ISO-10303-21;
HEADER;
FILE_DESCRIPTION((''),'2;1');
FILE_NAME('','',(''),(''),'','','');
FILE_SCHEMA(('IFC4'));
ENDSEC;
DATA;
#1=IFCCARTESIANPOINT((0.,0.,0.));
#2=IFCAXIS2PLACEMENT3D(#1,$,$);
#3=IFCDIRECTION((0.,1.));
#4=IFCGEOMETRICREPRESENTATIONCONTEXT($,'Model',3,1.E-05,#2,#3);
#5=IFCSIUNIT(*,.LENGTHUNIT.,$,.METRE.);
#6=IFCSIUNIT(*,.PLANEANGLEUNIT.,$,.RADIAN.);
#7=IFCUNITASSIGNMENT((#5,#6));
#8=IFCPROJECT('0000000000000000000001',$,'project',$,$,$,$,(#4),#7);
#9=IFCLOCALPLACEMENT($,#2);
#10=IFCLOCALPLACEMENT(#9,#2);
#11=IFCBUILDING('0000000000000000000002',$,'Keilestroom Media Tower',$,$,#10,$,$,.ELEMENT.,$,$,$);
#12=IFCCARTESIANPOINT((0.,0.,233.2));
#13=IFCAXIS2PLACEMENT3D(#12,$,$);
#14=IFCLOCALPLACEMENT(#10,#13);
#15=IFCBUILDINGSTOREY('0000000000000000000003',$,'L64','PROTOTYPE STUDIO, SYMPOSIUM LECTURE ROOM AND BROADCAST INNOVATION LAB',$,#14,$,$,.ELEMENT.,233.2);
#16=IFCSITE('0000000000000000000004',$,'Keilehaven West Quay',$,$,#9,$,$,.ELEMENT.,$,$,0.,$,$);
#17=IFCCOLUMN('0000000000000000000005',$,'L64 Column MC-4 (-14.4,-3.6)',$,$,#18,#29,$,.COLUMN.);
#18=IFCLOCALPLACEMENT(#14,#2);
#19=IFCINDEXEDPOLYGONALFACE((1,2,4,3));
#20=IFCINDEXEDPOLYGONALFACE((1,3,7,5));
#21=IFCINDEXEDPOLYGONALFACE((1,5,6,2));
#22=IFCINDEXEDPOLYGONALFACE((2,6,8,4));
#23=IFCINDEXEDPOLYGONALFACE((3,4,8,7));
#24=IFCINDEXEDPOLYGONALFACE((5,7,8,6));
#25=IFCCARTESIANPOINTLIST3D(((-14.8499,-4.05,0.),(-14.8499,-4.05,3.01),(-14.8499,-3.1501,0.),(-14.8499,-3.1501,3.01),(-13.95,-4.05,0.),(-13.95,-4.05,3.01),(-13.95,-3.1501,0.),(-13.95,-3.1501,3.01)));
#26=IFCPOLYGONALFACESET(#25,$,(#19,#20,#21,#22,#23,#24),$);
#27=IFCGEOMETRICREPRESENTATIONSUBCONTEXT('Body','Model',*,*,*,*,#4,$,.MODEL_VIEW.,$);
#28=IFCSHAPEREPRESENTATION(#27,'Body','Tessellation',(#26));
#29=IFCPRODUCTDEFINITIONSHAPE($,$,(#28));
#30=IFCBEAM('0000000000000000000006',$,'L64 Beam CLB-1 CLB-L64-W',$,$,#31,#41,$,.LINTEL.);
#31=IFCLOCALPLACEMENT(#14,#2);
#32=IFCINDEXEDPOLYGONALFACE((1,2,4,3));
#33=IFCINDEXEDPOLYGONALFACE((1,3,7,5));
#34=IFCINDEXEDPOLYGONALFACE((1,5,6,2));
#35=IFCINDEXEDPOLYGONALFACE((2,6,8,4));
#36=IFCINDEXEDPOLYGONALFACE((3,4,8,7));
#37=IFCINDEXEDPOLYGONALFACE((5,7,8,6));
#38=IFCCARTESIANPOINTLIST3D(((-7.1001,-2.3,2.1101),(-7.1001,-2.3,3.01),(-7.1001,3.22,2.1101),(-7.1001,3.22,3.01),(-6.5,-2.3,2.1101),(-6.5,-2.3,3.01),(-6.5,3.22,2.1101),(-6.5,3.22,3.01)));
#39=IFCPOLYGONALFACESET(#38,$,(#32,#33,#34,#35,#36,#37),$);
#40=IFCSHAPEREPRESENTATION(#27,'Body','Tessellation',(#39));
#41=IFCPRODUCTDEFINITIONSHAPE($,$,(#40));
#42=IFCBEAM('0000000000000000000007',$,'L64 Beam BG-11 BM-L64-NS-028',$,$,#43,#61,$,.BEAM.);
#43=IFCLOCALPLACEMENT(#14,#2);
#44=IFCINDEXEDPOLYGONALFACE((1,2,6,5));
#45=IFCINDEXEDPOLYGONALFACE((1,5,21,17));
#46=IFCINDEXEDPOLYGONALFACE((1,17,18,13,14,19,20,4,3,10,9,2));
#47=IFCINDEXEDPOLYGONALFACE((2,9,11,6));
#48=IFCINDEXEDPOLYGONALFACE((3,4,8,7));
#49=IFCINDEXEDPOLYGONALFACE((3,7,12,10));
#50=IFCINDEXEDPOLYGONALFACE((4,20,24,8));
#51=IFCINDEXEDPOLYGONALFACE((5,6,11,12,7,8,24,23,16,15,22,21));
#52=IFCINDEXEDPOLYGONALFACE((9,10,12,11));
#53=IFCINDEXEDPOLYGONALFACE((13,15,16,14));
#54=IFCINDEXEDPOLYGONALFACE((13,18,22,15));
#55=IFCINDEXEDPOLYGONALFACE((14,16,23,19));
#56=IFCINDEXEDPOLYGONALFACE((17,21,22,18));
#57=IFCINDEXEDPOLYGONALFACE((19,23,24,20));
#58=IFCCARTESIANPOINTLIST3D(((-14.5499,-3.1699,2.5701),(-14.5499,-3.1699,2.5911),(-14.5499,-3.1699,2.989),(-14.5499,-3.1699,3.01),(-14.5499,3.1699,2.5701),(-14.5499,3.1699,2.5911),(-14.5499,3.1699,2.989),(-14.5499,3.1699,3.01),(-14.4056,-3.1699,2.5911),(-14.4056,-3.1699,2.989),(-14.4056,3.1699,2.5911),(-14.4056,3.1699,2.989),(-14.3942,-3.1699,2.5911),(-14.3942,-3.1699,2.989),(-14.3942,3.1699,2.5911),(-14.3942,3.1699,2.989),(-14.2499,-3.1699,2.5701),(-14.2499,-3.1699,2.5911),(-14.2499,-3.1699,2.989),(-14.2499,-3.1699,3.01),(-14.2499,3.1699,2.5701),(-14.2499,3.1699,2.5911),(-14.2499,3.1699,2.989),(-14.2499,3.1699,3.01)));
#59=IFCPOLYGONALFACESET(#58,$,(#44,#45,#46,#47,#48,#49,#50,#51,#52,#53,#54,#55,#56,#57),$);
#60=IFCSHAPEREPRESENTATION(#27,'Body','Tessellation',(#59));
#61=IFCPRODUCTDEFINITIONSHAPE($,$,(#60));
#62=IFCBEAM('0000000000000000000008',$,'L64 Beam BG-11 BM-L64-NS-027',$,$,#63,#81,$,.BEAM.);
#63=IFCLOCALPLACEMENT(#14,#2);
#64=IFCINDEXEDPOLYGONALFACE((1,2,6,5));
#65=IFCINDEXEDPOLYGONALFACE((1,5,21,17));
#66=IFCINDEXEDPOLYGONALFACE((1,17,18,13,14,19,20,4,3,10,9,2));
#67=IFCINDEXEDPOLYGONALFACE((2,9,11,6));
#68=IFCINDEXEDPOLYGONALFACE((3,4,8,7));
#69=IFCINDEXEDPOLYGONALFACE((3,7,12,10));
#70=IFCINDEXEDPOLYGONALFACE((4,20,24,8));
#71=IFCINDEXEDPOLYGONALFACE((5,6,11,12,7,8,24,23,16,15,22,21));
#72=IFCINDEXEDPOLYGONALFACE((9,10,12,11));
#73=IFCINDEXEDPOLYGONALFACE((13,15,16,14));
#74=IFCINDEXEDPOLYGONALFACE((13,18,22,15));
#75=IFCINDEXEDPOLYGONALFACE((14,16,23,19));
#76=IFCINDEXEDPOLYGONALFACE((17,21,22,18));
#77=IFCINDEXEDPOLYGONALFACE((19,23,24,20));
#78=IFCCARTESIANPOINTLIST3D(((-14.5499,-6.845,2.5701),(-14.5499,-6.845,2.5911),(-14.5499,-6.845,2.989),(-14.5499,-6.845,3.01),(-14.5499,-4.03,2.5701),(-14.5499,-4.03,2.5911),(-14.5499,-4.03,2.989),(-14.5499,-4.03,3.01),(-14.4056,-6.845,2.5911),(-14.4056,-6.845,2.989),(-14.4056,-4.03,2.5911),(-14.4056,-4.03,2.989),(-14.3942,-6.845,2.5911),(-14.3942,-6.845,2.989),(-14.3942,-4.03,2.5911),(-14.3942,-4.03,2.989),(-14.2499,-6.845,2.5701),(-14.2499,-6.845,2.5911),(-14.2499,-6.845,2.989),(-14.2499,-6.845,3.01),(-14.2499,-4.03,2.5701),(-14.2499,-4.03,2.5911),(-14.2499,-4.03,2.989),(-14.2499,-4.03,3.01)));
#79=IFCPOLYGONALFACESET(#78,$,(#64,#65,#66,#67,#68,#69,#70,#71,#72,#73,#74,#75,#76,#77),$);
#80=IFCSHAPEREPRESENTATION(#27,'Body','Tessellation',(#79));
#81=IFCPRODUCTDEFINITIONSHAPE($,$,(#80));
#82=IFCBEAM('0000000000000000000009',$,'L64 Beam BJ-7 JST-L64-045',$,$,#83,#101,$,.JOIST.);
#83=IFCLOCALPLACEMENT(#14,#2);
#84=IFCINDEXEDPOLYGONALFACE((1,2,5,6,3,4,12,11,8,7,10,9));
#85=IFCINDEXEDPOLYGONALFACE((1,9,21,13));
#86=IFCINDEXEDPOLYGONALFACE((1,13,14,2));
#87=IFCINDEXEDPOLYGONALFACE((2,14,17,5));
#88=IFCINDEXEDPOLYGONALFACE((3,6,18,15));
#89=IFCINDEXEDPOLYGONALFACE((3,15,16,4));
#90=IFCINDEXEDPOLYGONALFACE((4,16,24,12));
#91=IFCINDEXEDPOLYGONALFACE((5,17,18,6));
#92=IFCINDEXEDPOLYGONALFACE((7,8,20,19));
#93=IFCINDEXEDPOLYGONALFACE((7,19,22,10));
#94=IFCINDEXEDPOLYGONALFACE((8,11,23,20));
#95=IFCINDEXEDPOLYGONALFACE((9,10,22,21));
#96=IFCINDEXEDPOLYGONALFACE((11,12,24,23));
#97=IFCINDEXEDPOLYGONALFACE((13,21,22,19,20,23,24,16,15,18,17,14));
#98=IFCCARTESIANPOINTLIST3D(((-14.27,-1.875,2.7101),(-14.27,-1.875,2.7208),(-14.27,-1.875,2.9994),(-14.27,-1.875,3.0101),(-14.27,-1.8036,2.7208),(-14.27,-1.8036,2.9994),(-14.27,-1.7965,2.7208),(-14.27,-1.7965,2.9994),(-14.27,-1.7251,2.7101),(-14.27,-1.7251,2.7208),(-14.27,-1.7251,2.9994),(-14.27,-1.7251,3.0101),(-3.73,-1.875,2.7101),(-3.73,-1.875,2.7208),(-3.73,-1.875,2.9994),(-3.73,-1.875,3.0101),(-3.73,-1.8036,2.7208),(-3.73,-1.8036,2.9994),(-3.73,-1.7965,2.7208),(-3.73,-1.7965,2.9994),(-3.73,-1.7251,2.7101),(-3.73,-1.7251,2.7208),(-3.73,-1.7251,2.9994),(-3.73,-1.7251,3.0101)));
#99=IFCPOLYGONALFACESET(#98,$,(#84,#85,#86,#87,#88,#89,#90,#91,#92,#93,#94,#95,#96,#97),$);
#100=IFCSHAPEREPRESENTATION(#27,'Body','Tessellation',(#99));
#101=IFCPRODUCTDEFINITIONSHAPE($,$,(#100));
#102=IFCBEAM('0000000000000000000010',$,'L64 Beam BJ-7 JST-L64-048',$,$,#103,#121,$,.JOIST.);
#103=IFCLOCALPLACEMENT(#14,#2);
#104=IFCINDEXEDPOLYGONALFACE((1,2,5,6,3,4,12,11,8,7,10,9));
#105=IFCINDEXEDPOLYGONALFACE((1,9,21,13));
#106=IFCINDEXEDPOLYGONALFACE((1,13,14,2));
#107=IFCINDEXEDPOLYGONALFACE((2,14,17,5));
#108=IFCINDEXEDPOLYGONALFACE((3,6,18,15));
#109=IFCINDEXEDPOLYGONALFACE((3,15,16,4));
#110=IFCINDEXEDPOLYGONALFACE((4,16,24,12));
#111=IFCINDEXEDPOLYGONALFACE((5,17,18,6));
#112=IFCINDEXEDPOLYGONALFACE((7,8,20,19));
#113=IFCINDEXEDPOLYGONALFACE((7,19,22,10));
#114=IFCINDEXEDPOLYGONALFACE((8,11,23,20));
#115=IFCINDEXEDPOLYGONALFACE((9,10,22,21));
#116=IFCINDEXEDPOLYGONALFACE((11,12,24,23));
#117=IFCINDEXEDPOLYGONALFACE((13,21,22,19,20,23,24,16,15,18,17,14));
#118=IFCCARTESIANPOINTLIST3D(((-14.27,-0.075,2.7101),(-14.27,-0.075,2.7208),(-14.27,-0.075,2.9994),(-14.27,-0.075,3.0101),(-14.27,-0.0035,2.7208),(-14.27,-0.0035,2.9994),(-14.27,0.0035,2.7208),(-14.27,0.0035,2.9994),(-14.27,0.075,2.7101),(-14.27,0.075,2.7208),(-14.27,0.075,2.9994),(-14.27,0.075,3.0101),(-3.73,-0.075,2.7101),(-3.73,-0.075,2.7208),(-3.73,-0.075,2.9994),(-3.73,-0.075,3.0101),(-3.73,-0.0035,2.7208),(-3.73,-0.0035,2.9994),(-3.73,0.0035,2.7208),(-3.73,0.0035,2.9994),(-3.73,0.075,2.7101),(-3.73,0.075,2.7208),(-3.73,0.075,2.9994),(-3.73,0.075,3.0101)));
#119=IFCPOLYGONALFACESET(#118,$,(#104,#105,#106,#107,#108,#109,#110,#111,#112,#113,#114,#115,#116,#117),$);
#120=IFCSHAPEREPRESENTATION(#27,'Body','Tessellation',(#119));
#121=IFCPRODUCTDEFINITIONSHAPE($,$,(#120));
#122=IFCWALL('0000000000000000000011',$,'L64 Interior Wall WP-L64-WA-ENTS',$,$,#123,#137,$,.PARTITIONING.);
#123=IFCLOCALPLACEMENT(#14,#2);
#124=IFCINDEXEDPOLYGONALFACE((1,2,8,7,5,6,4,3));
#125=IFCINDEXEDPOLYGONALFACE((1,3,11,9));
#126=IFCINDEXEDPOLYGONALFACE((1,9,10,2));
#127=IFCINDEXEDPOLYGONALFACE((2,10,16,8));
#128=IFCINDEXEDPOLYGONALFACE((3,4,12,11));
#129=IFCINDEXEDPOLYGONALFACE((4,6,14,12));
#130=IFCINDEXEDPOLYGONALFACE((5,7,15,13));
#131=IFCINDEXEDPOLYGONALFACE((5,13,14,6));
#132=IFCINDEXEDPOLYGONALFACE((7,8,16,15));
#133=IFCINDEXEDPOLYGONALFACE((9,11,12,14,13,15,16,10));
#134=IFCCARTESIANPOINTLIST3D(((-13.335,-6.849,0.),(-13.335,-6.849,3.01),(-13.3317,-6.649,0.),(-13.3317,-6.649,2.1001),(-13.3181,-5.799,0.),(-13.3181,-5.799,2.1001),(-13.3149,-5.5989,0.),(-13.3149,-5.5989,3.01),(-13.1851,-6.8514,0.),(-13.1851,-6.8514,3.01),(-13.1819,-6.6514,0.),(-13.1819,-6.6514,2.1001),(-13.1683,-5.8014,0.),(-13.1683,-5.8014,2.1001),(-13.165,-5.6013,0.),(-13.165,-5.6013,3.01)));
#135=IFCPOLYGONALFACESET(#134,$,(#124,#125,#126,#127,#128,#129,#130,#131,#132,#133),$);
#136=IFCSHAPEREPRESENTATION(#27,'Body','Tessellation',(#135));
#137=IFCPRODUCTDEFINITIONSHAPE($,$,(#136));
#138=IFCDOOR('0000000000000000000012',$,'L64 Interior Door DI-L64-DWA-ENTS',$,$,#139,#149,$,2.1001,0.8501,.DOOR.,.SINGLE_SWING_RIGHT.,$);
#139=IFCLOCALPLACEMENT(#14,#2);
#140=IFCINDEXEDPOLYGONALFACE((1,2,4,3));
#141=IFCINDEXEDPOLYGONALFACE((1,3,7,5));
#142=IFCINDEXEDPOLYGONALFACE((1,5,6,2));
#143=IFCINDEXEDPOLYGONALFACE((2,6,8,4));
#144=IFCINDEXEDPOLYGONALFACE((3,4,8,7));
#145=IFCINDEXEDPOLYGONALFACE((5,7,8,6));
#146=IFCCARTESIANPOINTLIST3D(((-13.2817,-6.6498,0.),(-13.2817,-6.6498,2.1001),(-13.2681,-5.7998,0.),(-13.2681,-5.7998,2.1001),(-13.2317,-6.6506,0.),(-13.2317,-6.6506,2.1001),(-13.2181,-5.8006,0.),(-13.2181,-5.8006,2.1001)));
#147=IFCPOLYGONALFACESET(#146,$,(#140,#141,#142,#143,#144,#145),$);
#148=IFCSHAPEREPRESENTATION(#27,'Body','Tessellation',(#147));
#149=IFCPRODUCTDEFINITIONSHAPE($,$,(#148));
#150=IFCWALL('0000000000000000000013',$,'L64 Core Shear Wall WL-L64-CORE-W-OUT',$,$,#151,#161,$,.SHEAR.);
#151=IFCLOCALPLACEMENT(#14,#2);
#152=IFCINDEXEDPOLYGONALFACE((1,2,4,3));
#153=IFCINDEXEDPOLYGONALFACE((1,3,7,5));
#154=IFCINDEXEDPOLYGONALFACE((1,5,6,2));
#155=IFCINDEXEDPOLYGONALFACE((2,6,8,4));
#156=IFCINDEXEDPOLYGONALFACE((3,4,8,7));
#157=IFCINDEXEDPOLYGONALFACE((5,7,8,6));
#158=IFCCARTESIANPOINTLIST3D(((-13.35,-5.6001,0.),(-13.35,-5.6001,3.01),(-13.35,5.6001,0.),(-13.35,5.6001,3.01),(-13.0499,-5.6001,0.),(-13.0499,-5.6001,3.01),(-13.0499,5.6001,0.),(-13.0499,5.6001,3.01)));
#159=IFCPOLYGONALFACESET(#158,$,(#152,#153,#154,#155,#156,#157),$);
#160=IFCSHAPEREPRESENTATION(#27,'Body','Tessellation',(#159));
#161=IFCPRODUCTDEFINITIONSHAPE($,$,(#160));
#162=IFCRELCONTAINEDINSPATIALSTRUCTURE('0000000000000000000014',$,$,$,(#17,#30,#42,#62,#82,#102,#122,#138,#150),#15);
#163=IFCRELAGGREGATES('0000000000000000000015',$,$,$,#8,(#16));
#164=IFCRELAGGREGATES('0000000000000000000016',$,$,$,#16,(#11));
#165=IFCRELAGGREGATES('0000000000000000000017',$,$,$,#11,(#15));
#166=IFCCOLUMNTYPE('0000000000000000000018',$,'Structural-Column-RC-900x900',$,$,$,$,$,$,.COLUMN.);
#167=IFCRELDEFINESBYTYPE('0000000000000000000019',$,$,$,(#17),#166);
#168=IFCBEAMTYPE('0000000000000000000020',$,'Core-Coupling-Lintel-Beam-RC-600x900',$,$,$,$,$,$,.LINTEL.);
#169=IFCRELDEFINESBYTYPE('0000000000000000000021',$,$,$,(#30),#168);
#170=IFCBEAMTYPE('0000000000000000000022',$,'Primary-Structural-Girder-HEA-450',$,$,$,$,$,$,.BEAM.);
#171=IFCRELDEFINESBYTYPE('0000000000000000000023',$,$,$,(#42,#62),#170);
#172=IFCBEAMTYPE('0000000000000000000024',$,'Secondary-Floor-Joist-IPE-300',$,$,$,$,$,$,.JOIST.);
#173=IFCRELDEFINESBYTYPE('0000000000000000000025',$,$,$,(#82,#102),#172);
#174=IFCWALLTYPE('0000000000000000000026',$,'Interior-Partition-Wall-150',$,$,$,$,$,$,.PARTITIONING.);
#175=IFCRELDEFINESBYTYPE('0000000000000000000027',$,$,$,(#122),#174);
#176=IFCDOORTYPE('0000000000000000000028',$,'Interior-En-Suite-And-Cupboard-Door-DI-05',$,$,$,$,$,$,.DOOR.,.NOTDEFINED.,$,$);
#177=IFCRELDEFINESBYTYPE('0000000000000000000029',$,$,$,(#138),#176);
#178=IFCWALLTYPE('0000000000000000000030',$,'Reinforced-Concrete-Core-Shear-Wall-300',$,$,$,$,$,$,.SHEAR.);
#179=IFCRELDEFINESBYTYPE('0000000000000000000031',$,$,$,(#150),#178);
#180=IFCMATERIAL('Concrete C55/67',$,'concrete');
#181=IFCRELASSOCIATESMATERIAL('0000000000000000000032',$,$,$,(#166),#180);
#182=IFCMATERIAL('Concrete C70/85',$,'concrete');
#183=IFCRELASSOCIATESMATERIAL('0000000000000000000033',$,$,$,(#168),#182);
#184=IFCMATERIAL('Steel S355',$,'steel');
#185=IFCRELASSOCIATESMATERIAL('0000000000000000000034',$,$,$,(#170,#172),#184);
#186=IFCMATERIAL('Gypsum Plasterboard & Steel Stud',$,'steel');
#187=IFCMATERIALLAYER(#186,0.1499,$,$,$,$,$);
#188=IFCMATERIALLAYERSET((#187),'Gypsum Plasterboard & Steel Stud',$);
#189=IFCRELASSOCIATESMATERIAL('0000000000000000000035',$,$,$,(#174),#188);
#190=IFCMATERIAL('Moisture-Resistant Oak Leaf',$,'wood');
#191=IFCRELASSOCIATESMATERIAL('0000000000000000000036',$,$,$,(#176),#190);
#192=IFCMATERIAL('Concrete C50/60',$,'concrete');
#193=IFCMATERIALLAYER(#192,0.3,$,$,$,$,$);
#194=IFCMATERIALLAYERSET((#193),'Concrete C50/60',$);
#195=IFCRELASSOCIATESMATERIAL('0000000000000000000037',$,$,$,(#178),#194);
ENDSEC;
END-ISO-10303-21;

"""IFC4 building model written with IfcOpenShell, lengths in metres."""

from ifc_helpers import new_model, si_unit, direction, frame, frame_2d, origin, origin_2d, place, context, subcontext, project, spatial, rectangle, i_section, extrude, source, transform, mapped, material, layer, layer_set, material_profile, profile_set, type_object, element, fill, save


model = new_model("IFC4")

# Units and contexts
model_context = context("Model", 3, precision=1e-05, world=origin(), true_north=direction((0.0, 1.0)))
body_context = subcontext(model_context, "Body", "Model", "MODEL_VIEW")
ifc_project = project(units=[si_unit("LENGTHUNIT", "METRE"), si_unit("PLANEANGLEUNIT", "RADIAN")], contexts=[model_context])

# Site, building, storey
site_placement = place(None, origin())
site = spatial("IfcSite", under=ifc_project, at=site_placement, Name="Keilehaven West Quay", CompositionType="ELEMENT", RefElevation=0.0)
building_placement = place(site_placement, origin())
building = spatial("IfcBuilding", under=site, at=building_placement, Name="Keilestroom Media Tower", CompositionType="ELEMENT")
storey_placement = place(building_placement, frame((0.0, 0.0, 233.2)))
storey = spatial("IfcBuildingStorey", under=building, at=storey_placement, Name="L64", Description="PROTOTYPE STUDIO, SYMPOSIUM LECTURE ROOM AND BROADCAST INNOVATION LAB", CompositionType="ELEMENT", Elevation=233.2)

# Column
ifc_material_1 = material(Name="Concrete C55/67", Category="concrete")
ifc_material_profile_1 = material_profile(ifc_material_1, rectangle(XDim=0.8999, YDim=0.8999, at=origin_2d()), Name="RC 900x900")
ifc_profile_set_1 = profile_set([ifc_material_profile_1], Name="Concrete C55/67")
column_type = type_object("IfcColumnType", Name="Structural-Column-RC-900x900", PredefinedType="COLUMN", material=ifc_profile_set_1)
shared_shape_1 = source(origin(), body_context, "Body", "SweptSolid", [
    extrude(rectangle(XDim=0.8999, YDim=0.8999, at=origin_2d()), origin(), (0.0, 0.0, 1.0), 3.01),
])
column_placement = place(storey_placement, frame((-14.3999, -3.6001, 0.0), z_axis=(0.0, 0.0, 1.0), x_axis=(1.0, 0.0, 0.0)))
element("IfcColumn", 1, at=column_placement, inside=storey, type_object=column_type, Name="L64 Column MC-4 (-14.4,-3.6)", PredefinedType="COLUMN", context=body_context, shape_type="MappedRepresentation", body=[
    mapped(shared_shape_1, transform((0.0, 0.0, 0.0), x_axis=(1.0, 0.0, 0.0), y_axis=(0.0, 1.0, 0.0), z_axis=(0.0, 0.0, 1.0), scale=1.0)),
])

# Beams
ifc_material_2 = material(Name="Concrete C70/85", Category="concrete")
ifc_material_profile_2 = material_profile(ifc_material_2, rectangle(XDim=0.6001, YDim=0.8999, at=origin_2d()), Name="RC 600x900")
ifc_profile_set_2 = profile_set([ifc_material_profile_2], Name="Concrete C70/85")
beam_type_1 = type_object("IfcBeamType", Name="Core-Coupling-Lintel-Beam-RC-600x900", PredefinedType="LINTEL", material=ifc_profile_set_2)
shared_shape_2 = source(origin(), body_context, "Body", "SweptSolid", [
    extrude(rectangle(XDim=0.6001, YDim=0.8999, at=origin_2d()), origin(), (0.0, 0.0, 1.0), 5.52),
])
beam_1_placement = place(storey_placement, frame((-6.8, -2.3, 2.5601), z_axis=(0.0, 1.0, 0.0), x_axis=(-1.0, 0.0, 0.0)))
element("IfcBeam", 2, at=beam_1_placement, inside=storey, type_object=beam_type_1, Name="L64 Beam CLB-1 CLB-L64-W", PredefinedType="LINTEL", context=body_context, shape_type="MappedRepresentation", body=[
    mapped(shared_shape_2, transform((0.0, 0.0, 0.0), x_axis=(1.0, 0.0, 0.0), y_axis=(0.0, 1.0, 0.0), z_axis=(0.0, 0.0, 1.0), scale=1.0)),
])
ifc_material_3 = material(Name="Steel S355", Category="steel")
ifc_material_profile_3 = material_profile(ifc_material_3, i_section(OverallWidth=0.3, OverallDepth=0.4399, WebThickness=0.0115, FlangeThickness=0.021, at=origin_2d()), Name="HEA 450")
ifc_profile_set_3 = profile_set([ifc_material_profile_3], Name="Steel S355")
beam_type_2 = type_object("IfcBeamType", Name="Primary-Structural-Girder-HEA-450", PredefinedType="BEAM", material=ifc_profile_set_3)
shared_shape_3 = source(origin(), body_context, "Body", "SweptSolid", [
    extrude(i_section(OverallWidth=0.3, OverallDepth=0.4399, WebThickness=0.0115, FlangeThickness=0.021, at=origin_2d()), origin(), (0.0, 0.0, 1.0), 6.3398),
])
beam_2_placement = place(storey_placement, frame((-14.3999, -3.1699, 2.79), z_axis=(0.0, 1.0, 0.0), x_axis=(-1.0, 0.0, 0.0)))
element("IfcBeam", 3, at=beam_2_placement, inside=storey, type_object=beam_type_2, Name="L64 Beam BG-11 BM-L64-NS-028", PredefinedType="BEAM", context=body_context, shape_type="MappedRepresentation", body=[
    mapped(shared_shape_3, transform((0.0, 0.0, 0.0), x_axis=(1.0, 0.0, 0.0), y_axis=(0.0, 1.0, 0.0), z_axis=(0.0, 0.0, 1.0), scale=1.0)),
])
shared_shape_4 = source(origin(), body_context, "Body", "SweptSolid", [
    extrude(i_section(OverallWidth=0.3, OverallDepth=0.4399, WebThickness=0.0115, FlangeThickness=0.021, at=origin_2d()), origin(), (0.0, 0.0, 1.0), 2.8149),
])
beam_3_placement = place(storey_placement, frame((-14.3999, -6.845, 2.79), z_axis=(0.0, 1.0, 0.0), x_axis=(-1.0, 0.0, 0.0)))
element("IfcBeam", 4, at=beam_3_placement, inside=storey, type_object=beam_type_2, Name="L64 Beam BG-11 BM-L64-NS-027", PredefinedType="BEAM", context=body_context, shape_type="MappedRepresentation", body=[
    mapped(shared_shape_4, transform((0.0, 0.0, 0.0), x_axis=(1.0, 0.0, 0.0), y_axis=(0.0, 1.0, 0.0), z_axis=(0.0, 0.0, 1.0), scale=1.0)),
])
ifc_material_profile_4 = material_profile(ifc_material_3, i_section(OverallWidth=0.1499, OverallDepth=0.3, WebThickness=0.0071, FlangeThickness=0.0107, at=origin_2d()), Name="IPE 300")
ifc_profile_set_4 = profile_set([ifc_material_profile_4], Name="Steel S355")
beam_type_3 = type_object("IfcBeamType", Name="Secondary-Floor-Joist-IPE-300", PredefinedType="JOIST", material=ifc_profile_set_4)
shared_shape_5 = source(origin(), body_context, "Body", "SweptSolid", [
    extrude(i_section(OverallWidth=0.1499, OverallDepth=0.3, WebThickness=0.0071, FlangeThickness=0.0107, at=origin_2d()), origin(), (0.0, 0.0, 1.0), 10.54),
])
for number, where, z_axis, x_axis, name in (
    (5, (-14.27, -1.8, 2.8601), (1.0, 0.0, 0.0), (0.0, 1.0, 0.0), "L64 Beam BJ-7 JST-L64-045"),
    (6, (-14.27, 0.0, 2.8601), (1.0, 0.0, 0.0), (0.0, 1.0, 0.0), "L64 Beam BJ-7 JST-L64-048"),
):
    element("IfcBeam", number, at=place(storey_placement, frame(where, z_axis=z_axis, x_axis=x_axis)), inside=storey, type_object=beam_type_3, Name=name, PredefinedType="JOIST", context=body_context, shape_type="MappedRepresentation", body=[
        mapped(shared_shape_5, transform((0.0, 0.0, 0.0), x_axis=(1.0, 0.0, 0.0), y_axis=(0.0, 1.0, 0.0), z_axis=(0.0, 0.0, 1.0), scale=1.0)),
    ])

# Wall, opening, door
ifc_material_4 = material(Name="Gypsum Plasterboard & Steel Stud", Category="steel")
ifc_layer_1 = layer(ifc_material_4, 0.1499)
ifc_layer_set_1 = layer_set([ifc_layer_1], Name="Gypsum Plasterboard & Steel Stud")
wall_type_1 = type_object("IfcWallType", Name="Interior-Partition-Wall-150", PredefinedType="PARTITIONING", material=ifc_layer_set_1)
wall_1_placement = place(storey_placement, frame((-13.26, -6.8501, 0.0), z_axis=(0.0, 0.0, 1.0), x_axis=(0.016014, 0.999872, 0.0)))
wall_1 = element("IfcWall", 7, at=wall_1_placement, inside=storey, type_object=wall_type_1, Name="L64 Interior Wall WP-L64-WA-ENTS", PredefinedType="PARTITIONING", context=body_context, shape_type="SweptSolid", body=[
    extrude(rectangle(XDim=1.2502, YDim=0.1499, at=frame_2d((0.625, 0.0))), origin(), (0.0, 0.0, 1.0), 3.01),
])
opening_1_placement = place(wall_1_placement, frame((0.2, 0.0, 0.0)))
opening_1 = element("IfcOpeningElement", 8, at=opening_1_placement, cuts=wall_1, PredefinedType="OPENING", context=body_context, shape_type="SweptSolid", body=[
    extrude(rectangle(XDim=0.8501, YDim=2.1001, at=frame_2d((0.425, 1.05))), frame((0.0, 0.085, 0.0), z_axis=(0.0, -1.0, 0.0), x_axis=(1.0, 0.0, 0.0)), (0.0, 0.0, 1.0), 0.1699),
])
ifc_material_5 = material(Name="Moisture-Resistant Oak Leaf", Category="wood")
door_type_1 = type_object("IfcDoorType", Name="Interior-En-Suite-And-Cupboard-Door-DI-05", OperationType="NOTDEFINED", PredefinedType="DOOR", material=ifc_material_5)
shared_shape_6 = source(origin(), body_context, "Body", "SweptSolid", [
    extrude(rectangle(XDim=0.8501, YDim=2.1001, at=frame_2d((0.425, 1.05))), frame((0.0, 0.0249, 0.0), z_axis=(0.0, -1.0, 0.0), x_axis=(1.0, 0.0, 0.0)), (0.0, 0.0, 1.0), 0.05),
])
door_1_placement = place(opening_1_placement, origin())
door_1 = element("IfcDoor", 9, at=door_1_placement, inside=storey, type_object=door_type_1, Name="L64 Interior Door DI-L64-DWA-ENTS", OperationType="SINGLE_SWING_RIGHT", OverallHeight=2.1001, OverallWidth=0.8501, PredefinedType="DOOR", context=body_context, shape_type="MappedRepresentation", body=[
    mapped(shared_shape_6, transform((0.0, 0.0, 0.0), x_axis=(1.0, 0.0, 0.0), y_axis=(0.0, 1.0, 0.0), z_axis=(0.0, 0.0, 1.0), scale=1.0)),
])
fill(opening_1, door_1)

# Wall
ifc_material_6 = material(Name="Concrete C50/60", Category="concrete")
ifc_layer_2 = layer(ifc_material_6, 0.3)
ifc_layer_set_2 = layer_set([ifc_layer_2], Name="Concrete C50/60")
wall_type_2 = type_object("IfcWallType", Name="Reinforced-Concrete-Core-Shear-Wall-300", PredefinedType="SHEAR", material=ifc_layer_set_2)
wall_2_placement = place(storey_placement, frame((-13.2, -5.6001, 0.0), z_axis=(0.0, 0.0, 1.0), x_axis=(0.0, 1.0, 0.0)))
element("IfcWall", 10, at=wall_2_placement, inside=storey, type_object=wall_type_2, Name="L64 Core Shear Wall WL-L64-CORE-W-OUT", PredefinedType="SHEAR", context=body_context, shape_type="SweptSolid", body=[
    extrude(rectangle(XDim=11.2002, YDim=0.3, at=frame_2d((5.6001, 0.0))), origin(), (0.0, 0.0, 1.0), 3.01),
])

save(model, "model.ifc")
